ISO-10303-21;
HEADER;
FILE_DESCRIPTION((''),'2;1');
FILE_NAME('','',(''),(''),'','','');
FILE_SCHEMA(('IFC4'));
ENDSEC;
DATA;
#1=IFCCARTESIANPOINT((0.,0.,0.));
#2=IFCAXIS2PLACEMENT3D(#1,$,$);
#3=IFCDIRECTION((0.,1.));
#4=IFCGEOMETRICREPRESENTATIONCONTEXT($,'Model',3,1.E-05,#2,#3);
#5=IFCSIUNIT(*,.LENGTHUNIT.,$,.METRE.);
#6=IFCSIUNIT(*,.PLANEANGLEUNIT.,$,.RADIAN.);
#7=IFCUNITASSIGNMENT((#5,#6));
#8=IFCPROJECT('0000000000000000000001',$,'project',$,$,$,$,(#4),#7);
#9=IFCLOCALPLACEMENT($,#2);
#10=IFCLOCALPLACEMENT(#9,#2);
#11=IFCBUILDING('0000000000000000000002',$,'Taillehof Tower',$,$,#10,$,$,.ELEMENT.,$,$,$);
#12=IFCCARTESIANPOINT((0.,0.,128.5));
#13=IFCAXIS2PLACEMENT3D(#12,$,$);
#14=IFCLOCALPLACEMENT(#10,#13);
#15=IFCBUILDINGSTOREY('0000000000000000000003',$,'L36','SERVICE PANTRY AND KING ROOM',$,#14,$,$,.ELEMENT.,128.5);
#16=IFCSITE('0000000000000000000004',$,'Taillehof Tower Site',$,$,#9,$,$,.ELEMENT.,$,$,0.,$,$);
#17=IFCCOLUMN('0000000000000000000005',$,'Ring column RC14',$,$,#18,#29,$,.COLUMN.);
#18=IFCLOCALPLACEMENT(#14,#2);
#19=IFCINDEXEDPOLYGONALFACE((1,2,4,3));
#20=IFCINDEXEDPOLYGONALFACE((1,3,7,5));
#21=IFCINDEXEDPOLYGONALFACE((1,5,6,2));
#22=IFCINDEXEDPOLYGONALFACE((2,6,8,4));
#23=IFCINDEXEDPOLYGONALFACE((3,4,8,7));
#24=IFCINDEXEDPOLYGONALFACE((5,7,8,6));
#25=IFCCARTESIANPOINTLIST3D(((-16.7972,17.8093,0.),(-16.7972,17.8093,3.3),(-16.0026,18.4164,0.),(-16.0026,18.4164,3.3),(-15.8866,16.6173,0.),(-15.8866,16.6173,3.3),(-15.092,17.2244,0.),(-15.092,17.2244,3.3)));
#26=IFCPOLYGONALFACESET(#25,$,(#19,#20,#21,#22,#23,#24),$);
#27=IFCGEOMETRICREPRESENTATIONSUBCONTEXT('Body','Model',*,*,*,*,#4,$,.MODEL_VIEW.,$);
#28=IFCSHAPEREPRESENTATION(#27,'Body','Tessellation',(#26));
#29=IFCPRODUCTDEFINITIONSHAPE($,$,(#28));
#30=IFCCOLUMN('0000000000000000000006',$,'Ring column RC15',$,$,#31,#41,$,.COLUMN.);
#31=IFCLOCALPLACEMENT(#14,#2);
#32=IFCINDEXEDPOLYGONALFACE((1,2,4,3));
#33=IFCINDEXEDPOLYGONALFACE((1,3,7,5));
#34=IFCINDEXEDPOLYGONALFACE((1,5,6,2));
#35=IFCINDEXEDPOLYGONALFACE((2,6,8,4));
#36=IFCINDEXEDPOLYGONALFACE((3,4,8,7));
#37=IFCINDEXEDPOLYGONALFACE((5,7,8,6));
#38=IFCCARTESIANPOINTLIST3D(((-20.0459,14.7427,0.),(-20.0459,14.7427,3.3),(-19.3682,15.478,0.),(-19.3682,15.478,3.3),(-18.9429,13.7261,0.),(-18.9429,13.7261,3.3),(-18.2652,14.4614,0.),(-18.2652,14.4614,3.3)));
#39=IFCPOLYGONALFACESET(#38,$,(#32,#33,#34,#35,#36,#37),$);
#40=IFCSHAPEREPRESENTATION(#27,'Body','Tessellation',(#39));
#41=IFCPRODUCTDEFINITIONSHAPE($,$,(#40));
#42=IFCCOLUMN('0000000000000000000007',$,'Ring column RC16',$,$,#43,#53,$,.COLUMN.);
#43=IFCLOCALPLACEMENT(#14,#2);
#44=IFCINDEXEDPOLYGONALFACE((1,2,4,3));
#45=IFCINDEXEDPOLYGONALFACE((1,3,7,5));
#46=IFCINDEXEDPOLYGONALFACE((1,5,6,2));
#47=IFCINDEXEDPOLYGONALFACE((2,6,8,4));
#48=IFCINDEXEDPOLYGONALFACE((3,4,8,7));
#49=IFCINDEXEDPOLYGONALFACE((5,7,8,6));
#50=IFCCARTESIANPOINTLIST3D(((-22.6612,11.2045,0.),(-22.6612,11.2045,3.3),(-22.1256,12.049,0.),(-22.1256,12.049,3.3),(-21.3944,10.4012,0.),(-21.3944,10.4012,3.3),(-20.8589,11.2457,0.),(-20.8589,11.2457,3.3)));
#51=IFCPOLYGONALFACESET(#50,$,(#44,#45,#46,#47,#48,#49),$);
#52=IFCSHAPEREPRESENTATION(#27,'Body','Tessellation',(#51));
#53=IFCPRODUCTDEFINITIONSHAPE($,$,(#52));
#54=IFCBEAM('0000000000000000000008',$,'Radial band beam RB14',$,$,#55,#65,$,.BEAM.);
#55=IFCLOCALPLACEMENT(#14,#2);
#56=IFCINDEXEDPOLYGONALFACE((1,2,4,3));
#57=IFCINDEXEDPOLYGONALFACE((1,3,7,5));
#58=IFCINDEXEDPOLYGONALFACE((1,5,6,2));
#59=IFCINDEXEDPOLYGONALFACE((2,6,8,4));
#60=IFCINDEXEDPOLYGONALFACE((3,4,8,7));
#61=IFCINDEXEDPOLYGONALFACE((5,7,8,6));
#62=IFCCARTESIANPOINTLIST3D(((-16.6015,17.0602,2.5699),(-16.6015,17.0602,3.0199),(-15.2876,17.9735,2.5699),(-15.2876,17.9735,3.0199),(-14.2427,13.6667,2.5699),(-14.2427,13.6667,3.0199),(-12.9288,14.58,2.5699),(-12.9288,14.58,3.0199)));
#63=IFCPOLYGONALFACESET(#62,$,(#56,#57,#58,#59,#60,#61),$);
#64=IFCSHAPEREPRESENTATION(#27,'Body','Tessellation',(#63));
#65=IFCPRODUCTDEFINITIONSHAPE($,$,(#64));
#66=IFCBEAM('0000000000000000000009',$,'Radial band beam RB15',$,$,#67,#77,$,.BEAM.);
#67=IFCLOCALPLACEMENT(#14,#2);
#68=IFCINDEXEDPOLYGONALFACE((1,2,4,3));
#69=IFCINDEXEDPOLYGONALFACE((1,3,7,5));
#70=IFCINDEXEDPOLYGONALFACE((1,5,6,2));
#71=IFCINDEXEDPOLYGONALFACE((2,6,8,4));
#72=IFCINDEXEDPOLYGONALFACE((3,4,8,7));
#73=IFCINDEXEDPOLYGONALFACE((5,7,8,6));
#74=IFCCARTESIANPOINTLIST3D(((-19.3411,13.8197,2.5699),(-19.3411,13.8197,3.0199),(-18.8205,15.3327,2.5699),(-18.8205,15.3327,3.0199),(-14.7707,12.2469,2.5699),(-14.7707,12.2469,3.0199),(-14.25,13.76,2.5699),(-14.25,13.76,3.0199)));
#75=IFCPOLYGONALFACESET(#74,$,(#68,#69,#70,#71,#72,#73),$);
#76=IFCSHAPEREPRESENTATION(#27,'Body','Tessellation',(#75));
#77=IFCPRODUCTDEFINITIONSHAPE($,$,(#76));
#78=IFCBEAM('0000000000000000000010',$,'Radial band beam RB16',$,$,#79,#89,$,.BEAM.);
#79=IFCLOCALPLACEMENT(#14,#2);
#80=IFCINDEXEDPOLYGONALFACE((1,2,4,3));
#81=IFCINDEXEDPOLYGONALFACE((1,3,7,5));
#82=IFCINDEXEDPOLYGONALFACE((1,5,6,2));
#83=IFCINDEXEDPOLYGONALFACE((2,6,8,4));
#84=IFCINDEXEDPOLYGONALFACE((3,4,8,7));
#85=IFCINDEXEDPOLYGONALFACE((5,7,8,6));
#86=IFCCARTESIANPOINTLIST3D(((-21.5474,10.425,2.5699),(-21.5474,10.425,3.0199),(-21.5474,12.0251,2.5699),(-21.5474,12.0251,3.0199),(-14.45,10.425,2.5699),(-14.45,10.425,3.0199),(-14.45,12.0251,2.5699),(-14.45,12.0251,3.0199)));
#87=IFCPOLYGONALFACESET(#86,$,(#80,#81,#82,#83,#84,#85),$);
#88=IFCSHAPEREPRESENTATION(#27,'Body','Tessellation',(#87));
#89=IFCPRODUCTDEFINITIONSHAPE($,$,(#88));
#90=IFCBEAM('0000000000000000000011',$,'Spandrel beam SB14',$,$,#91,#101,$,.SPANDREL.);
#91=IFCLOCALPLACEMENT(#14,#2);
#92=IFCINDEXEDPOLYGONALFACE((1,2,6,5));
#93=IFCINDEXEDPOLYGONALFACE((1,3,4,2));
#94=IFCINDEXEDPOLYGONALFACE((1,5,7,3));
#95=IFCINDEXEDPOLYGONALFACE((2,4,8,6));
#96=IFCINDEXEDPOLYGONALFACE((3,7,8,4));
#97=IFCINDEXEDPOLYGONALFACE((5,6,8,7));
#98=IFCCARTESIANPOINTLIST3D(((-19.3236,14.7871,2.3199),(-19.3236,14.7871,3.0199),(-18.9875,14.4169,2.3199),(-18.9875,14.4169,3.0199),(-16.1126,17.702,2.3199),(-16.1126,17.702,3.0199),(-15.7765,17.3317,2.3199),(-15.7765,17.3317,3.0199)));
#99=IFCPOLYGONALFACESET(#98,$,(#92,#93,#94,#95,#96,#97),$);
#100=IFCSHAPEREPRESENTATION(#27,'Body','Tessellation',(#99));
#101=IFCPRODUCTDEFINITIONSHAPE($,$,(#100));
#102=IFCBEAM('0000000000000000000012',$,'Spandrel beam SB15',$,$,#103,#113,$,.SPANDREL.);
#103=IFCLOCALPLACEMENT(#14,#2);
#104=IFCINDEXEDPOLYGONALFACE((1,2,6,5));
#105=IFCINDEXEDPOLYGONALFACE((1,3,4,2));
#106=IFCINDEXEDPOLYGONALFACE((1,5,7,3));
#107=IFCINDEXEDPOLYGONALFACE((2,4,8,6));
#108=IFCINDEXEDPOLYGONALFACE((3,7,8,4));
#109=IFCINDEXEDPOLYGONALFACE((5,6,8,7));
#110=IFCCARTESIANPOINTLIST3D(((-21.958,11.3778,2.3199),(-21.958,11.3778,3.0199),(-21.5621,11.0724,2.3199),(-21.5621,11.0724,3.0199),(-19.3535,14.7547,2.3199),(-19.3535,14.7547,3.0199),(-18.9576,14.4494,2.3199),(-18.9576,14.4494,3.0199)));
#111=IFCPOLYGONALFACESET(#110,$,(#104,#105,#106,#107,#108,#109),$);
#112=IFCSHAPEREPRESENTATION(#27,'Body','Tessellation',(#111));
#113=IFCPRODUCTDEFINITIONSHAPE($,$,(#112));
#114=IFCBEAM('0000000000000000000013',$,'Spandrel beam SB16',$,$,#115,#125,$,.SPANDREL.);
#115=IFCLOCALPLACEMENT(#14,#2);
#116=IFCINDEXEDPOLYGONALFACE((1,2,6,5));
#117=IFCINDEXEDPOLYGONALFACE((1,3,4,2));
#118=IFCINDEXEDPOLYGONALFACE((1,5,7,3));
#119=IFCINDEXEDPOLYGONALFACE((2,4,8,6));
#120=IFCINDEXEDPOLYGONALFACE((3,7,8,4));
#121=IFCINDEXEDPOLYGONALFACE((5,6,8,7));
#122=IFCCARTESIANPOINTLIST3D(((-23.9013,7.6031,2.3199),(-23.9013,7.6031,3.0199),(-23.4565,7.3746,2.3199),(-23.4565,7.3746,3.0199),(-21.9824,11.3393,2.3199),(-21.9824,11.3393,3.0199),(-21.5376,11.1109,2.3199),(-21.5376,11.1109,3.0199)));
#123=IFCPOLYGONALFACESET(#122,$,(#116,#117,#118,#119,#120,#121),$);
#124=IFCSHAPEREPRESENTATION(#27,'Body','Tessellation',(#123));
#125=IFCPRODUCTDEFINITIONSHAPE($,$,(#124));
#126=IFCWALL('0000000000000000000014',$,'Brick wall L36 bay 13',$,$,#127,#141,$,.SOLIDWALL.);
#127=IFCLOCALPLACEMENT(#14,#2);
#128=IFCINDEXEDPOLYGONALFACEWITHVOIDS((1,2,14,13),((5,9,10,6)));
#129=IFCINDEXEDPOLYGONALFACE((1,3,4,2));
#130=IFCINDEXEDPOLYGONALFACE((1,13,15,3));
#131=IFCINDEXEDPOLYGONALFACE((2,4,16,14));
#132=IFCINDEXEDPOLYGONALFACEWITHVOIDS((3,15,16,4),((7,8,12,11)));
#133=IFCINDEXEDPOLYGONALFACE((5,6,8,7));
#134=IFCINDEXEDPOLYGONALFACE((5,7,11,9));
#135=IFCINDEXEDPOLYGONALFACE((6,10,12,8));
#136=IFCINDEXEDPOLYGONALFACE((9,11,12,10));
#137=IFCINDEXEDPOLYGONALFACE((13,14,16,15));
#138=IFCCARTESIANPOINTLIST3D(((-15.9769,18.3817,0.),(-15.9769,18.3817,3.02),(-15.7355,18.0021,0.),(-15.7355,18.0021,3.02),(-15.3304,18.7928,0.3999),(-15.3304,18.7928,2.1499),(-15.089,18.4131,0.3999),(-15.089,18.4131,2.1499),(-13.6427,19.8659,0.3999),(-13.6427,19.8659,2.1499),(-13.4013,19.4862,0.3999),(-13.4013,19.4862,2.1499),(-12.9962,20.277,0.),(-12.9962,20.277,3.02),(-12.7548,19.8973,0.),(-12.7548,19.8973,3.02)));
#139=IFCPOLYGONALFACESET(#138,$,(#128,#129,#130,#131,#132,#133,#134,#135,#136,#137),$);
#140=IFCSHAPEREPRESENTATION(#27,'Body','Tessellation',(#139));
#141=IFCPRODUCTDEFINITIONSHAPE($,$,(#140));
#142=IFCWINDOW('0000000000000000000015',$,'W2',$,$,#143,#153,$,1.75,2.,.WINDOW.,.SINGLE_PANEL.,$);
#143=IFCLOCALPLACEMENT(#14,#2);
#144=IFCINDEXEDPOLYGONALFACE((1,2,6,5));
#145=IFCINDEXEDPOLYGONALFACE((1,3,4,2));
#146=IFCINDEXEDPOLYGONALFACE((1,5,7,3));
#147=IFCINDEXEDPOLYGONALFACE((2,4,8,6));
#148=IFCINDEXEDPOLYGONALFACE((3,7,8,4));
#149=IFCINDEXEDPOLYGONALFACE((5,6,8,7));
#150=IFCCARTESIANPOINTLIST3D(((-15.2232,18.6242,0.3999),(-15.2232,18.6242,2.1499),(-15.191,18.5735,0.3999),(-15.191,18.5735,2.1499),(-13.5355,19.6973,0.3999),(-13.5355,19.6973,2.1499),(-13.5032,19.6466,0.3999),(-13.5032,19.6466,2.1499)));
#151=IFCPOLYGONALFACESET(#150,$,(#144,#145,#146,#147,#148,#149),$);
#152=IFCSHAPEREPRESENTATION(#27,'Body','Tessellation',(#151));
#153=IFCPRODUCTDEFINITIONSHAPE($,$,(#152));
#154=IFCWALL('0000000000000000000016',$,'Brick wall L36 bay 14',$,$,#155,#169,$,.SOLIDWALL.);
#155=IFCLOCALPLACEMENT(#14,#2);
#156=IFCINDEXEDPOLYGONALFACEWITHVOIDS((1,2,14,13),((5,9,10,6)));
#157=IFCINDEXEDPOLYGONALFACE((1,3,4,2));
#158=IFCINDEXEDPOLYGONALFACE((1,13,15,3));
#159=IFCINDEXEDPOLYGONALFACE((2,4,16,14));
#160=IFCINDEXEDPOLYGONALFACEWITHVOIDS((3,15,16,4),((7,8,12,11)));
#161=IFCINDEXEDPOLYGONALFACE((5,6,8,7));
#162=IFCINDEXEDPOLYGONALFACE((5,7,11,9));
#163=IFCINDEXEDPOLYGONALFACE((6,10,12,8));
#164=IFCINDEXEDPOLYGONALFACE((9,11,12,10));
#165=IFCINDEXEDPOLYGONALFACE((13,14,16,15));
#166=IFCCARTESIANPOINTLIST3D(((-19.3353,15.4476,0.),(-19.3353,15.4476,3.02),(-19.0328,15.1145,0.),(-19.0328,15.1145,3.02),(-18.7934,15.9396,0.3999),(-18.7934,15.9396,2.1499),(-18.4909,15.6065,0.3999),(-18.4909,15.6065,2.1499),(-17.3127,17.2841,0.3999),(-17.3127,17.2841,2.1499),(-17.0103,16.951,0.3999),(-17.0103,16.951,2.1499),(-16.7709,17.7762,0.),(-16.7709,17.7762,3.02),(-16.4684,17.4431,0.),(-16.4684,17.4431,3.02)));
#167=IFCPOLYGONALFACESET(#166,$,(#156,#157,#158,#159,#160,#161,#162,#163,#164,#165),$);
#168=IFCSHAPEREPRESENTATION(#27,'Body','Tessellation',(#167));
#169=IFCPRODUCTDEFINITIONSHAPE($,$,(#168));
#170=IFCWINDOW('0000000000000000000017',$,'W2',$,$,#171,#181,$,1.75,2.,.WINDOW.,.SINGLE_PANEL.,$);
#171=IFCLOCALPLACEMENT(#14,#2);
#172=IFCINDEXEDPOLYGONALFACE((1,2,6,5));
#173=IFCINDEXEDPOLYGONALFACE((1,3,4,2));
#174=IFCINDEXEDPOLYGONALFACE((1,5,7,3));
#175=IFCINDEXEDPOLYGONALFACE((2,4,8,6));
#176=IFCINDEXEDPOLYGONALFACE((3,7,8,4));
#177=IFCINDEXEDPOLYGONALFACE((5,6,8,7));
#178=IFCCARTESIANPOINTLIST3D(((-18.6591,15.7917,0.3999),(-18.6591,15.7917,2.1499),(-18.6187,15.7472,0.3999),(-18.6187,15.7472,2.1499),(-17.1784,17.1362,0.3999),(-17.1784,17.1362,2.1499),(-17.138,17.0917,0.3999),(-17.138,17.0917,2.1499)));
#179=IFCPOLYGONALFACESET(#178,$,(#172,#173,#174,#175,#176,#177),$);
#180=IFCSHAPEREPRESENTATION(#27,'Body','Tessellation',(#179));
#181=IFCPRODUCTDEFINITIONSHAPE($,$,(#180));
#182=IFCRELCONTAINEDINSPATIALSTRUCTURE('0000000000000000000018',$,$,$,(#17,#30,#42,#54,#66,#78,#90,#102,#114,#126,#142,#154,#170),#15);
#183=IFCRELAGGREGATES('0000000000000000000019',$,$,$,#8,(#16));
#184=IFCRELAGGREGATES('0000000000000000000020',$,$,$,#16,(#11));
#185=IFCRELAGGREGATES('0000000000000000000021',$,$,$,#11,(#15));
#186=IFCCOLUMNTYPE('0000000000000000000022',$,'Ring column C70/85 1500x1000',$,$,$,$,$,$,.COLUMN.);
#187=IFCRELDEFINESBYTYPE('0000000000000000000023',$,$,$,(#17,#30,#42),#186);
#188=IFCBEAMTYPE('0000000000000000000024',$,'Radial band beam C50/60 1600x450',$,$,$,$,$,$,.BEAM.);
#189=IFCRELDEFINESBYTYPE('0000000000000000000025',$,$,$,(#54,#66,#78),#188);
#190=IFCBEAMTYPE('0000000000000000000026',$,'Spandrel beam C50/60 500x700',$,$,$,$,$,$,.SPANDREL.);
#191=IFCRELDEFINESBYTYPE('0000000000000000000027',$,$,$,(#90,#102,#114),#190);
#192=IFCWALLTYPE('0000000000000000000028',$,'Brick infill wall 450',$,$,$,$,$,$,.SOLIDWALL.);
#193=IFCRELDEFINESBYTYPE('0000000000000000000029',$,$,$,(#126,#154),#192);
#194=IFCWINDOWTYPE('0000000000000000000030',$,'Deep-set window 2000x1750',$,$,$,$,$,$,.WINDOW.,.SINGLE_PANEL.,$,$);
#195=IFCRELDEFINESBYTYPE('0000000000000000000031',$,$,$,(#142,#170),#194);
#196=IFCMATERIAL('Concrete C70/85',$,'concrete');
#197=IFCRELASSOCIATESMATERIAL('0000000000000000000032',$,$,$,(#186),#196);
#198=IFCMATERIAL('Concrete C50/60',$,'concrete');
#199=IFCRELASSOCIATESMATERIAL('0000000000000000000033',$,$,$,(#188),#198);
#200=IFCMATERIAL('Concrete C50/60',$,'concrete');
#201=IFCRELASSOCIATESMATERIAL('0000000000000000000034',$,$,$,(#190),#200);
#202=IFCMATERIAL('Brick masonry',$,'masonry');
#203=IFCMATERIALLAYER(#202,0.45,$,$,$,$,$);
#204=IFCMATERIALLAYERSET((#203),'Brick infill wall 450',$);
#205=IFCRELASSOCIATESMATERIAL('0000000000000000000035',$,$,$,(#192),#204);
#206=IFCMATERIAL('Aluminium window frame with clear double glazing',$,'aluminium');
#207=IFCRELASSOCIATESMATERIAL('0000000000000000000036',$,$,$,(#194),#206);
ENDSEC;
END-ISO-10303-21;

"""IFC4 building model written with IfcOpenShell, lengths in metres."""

from ifc_helpers import new_model, si_unit, direction, frame, frame_2d, origin, origin_2d, place, context, subcontext, project, spatial, rectangle, extrude, material, layer, layer_set, material_profile, profile_set, type_object, element, fill, save


model = new_model("IFC4")

# Units and contexts
model_context = context("Model", 3, precision=1e-05, world=origin(), true_north=direction((0.0, 1.0)))
body_context = subcontext(model_context, "Body", "Model", "MODEL_VIEW")
ifc_project = project(units=[si_unit("LENGTHUNIT", "METRE"), si_unit("PLANEANGLEUNIT", "RADIAN")], contexts=[model_context])

# Site, building, storey
site_placement = place(None, origin())
site = spatial("IfcSite", under=ifc_project, at=site_placement, Name="Taillehof Tower Site", CompositionType="ELEMENT", RefElevation=0.0)
building_placement = place(site_placement, origin())
building = spatial("IfcBuilding", under=site, at=building_placement, Name="Taillehof Tower", CompositionType="ELEMENT")
storey_placement = place(building_placement, frame((0.0, 0.0, 128.5)))
storey = spatial("IfcBuildingStorey", under=building, at=storey_placement, Name="L36", Description="SERVICE PANTRY AND KING ROOM", CompositionType="ELEMENT", Elevation=128.5)

# Columns
ifc_material_1 = material(Name="Concrete C70/85", Category="concrete")
ifc_material_profile_1 = material_profile(ifc_material_1, rectangle(XDim=1.5, YDim=1.0, at=origin_2d()), Name="RC 1500x1000")
ifc_profile_set_1 = profile_set([ifc_material_profile_1], Name="Concrete C70/85")
column_type = type_object("IfcColumnType", Name="Ring column C70/85 1500x1000", PredefinedType="COLUMN", material=ifc_profile_set_1)
for number, where, z_axis, x_axis, name in (
    (1, (-15.9446, 17.5168, 0.0), (0.0, 0.0, 1.0), (-0.607074, 0.794645, 0.0), "Ring column RC14"),
    (2, (-19.1555, 14.6021, 0.0), (0.0, 0.0, 1.0), (-0.735332, 0.677707, 0.0), "Ring column RC15"),
    (3, (-21.76, 11.2251, 0.0), (0.0, 0.0, 1.0), (-0.844511, 0.535537, 0.0), "Ring column RC16"),
):
    element("IfcColumn", number, at=place(storey_placement, frame(where, z_axis=z_axis, x_axis=x_axis)), inside=storey, type_object=column_type, Name=name, PredefinedType="COLUMN", context=body_context, shape_type="SweptSolid", body=[
        extrude(rectangle(XDim=1.5, YDim=1.0, at=origin_2d()), origin(), (0.0, 0.0, 1.0), 3.3),
    ])

# Beams
ifc_material_2 = material(Name="Concrete C50/60", Category="concrete")
ifc_material_profile_2 = material_profile(ifc_material_2, rectangle(XDim=1.6001, YDim=0.45, at=origin_2d()), Name="RC 1600x450")
ifc_profile_set_2 = profile_set([ifc_material_profile_2], Name="Concrete C50/60")
beam_type_1 = type_object("IfcBeamType", Name="Radial band beam C50/60 1600x450", PredefinedType="BEAM", material=ifc_profile_set_2)
beam_1_placement = place(storey_placement, frame((-15.9446, 17.5168, 2.7949), z_axis=(0.570763, -0.821115, 0.0), x_axis=(0.821115, 0.570763, 0.0)))
element("IfcBeam", 4, at=beam_1_placement, inside=storey, type_object=beam_type_1, Name="Radial band beam RB14", PredefinedType="BEAM", context=body_context, shape_type="SweptSolid", body=[
    extrude(rectangle(XDim=1.6001, YDim=0.45, at=origin_2d()), origin(), (0.0, 0.0, 1.0), 4.1328),
])
beam_2_placement = place(storey_placement, frame((-19.0808, 14.5762, 2.7949), z_axis=(0.945583, -0.32538, 0.0), x_axis=(0.32538, 0.945583, 0.0)))
element("IfcBeam", 5, at=beam_2_placement, inside=storey, type_object=beam_type_1, Name="Radial band beam RB15", PredefinedType="BEAM", context=body_context, shape_type="SweptSolid", body=[
    extrude(rectangle(XDim=1.6001, YDim=0.45, at=origin_2d()), origin(), (0.0, 0.0, 1.0), 4.8335),
])
beam_3_placement = place(storey_placement, frame((-21.5474, 11.2251, 2.7949), z_axis=(1.0, 0.0, 0.0), x_axis=(0.0, 1.0, 0.0)))
element("IfcBeam", 6, at=beam_3_placement, inside=storey, type_object=beam_type_1, Name="Radial band beam RB16", PredefinedType="BEAM", context=body_context, shape_type="SweptSolid", body=[
    extrude(rectangle(XDim=1.6001, YDim=0.45, at=origin_2d()), origin(), (0.0, 0.0, 1.0), 7.0974),
])
ifc_material_3 = material(Name="Concrete C50/60", Category="concrete")
ifc_material_profile_3 = material_profile(ifc_material_3, rectangle(XDim=0.5, YDim=0.7, at=origin_2d()), Name="RC 500x700")
ifc_profile_set_3 = profile_set([ifc_material_profile_3], Name="Concrete C50/60")
beam_type_2 = type_object("IfcBeamType", Name="Spandrel beam C50/60 500x700", PredefinedType="SPANDREL", material=ifc_profile_set_3)
beam_4_placement = place(storey_placement, frame((-15.9446, 17.5168, 2.6699), z_axis=(-0.740426, -0.672137, 0.0), x_axis=(0.672137, -0.740426, 0.0)))
element("IfcBeam", 7, at=beam_4_placement, inside=storey, type_object=beam_type_2, Name="Spandrel beam SB14", PredefinedType="SPANDREL", context=body_context, shape_type="SweptSolid", body=[
    extrude(rectangle(XDim=0.5, YDim=0.7, at=origin_2d()), origin(), (0.0, 0.0, 1.0), 4.3367),
])
beam_5_placement = place(storey_placement, frame((-19.1555, 14.6021, 2.6699), z_axis=(-0.610717, -0.791849, 0.0), x_axis=(0.791849, -0.610717, 0.0)))
element("IfcBeam", 8, at=beam_5_placement, inside=storey, type_object=beam_type_2, Name="Spandrel beam SB15", PredefinedType="SPANDREL", context=body_context, shape_type="SweptSolid", body=[
    extrude(rectangle(XDim=0.5, YDim=0.7, at=origin_2d()), origin(), (0.0, 0.0, 1.0), 4.2646),
])
beam_6_placement = place(storey_placement, frame((-21.76, 11.2251, 2.6699), z_axis=(-0.456859, -0.889539, 0.0), x_axis=(0.889539, -0.456859, 0.0)))
element("IfcBeam", 9, at=beam_6_placement, inside=storey, type_object=beam_type_2, Name="Spandrel beam SB16", PredefinedType="SPANDREL", context=body_context, shape_type="SweptSolid", body=[
    extrude(rectangle(XDim=0.5, YDim=0.7, at=origin_2d()), origin(), (0.0, 0.0, 1.0), 4.2002),
])

# Walls, openings, windows
ifc_material_4 = material(Name="Brick masonry", Category="masonry")
ifc_layer_1 = layer(ifc_material_4, 0.45)
ifc_layer_set_1 = layer_set([ifc_layer_1], Name="Brick infill wall 450")
wall_type_1 = type_object("IfcWallType", Name="Brick infill wall 450", PredefinedType="SOLIDWALL", material=ifc_layer_set_1)
wall_1_placement = place(storey_placement, frame((-12.8755, 20.0872, 0.0), z_axis=(0.0, 0.0, 1.0), x_axis=(-0.843861, -0.536562, 0.0)))
wall_1 = element("IfcWall", 10, at=wall_1_placement, inside=storey, type_object=wall_type_1, Name="Brick wall L36 bay 13", PredefinedType="SOLIDWALL", context=body_context, shape_type="SweptSolid", body=[
    extrude(rectangle(XDim=3.5322, YDim=0.45, at=frame_2d((1.7661, 0.0))), origin(), (0.0, 0.0, 1.0), 3.02),
])
opening_1_placement = place(wall_1_placement, frame((0.7661, 0.0, 0.3999)))
opening_1 = element("IfcOpeningElement", 11, at=opening_1_placement, cuts=wall_1, PredefinedType="OPENING", context=body_context, shape_type="SweptSolid", body=[
    extrude(rectangle(XDim=2.0, YDim=1.75, at=frame_2d((1.0, 0.875))), frame((0.0, 0.2349, 0.0), z_axis=(0.0, -1.0, 0.0), x_axis=(1.0, 0.0, 0.0)), (0.0, 0.0, 1.0), 0.47),
])
ifc_material_5 = material(Name="Aluminium window frame with clear double glazing", Category="aluminium")
window_type = type_object("IfcWindowType", Name="Deep-set window 2000x1750", PartitioningType="SINGLE_PANEL", PredefinedType="WINDOW", material=ifc_material_5)
window_1_placement = place(opening_1_placement, origin())
window_1 = element("IfcWindow", 12, at=window_1_placement, inside=storey, type_object=window_type, Name="W2", OverallHeight=1.75, OverallWidth=2.0, PartitioningType="SINGLE_PANEL", PredefinedType="WINDOW", context=body_context, shape_type="SweptSolid", body=[
    extrude(rectangle(XDim=2.0, YDim=1.75, at=frame_2d((1.0, 0.875))), frame((0.0, 0.0349, 0.0), z_axis=(0.0, -1.0, 0.0), x_axis=(1.0, 0.0, 0.0)), (0.0, 0.0, 1.0), 0.0601),
])
fill(opening_1, window_1)
wall_2_placement = place(storey_placement, frame((-16.6196, 17.6096, 0.0), z_axis=(0.0, 0.0, 1.0), x_axis=(-0.740329, -0.672245, 0.0)))
wall_2 = element("IfcWall", 13, at=wall_2_placement, inside=storey, type_object=wall_type_1, Name="Brick wall L36 bay 14", PredefinedType="SOLIDWALL", context=body_context, shape_type="SweptSolid", body=[
    extrude(rectangle(XDim=3.4639, YDim=0.45, at=frame_2d((1.7319, 0.0))), origin(), (0.0, 0.0, 1.0), 3.02),
])
opening_2_placement = place(wall_2_placement, frame((0.7319, 0.0, 0.3999)))
opening_2 = element("IfcOpeningElement", 14, at=opening_2_placement, cuts=wall_2, PredefinedType="OPENING", context=body_context, shape_type="SweptSolid", body=[
    extrude(rectangle(XDim=2.0, YDim=1.75, at=frame_2d((1.0, 0.875))), frame((0.0, 0.2349, 0.0), z_axis=(0.0, -1.0, 0.0), x_axis=(1.0, 0.0, 0.0)), (0.0, 0.0, 1.0), 0.47),
])
window_2_placement = place(opening_2_placement, origin())
window_2 = element("IfcWindow", 15, at=window_2_placement, inside=storey, type_object=window_type, Name="W2", OverallHeight=1.75, OverallWidth=2.0, PartitioningType="SINGLE_PANEL", PredefinedType="WINDOW", context=body_context, shape_type="SweptSolid", body=[
    extrude(rectangle(XDim=2.0, YDim=1.75, at=frame_2d((1.0, 0.875))), frame((0.0, 0.0349, 0.0), z_axis=(0.0, -1.0, 0.0), x_axis=(1.0, 0.0, 0.0)), (0.0, 0.0, 1.0), 0.0601),
])
fill(opening_2, window_2)

save(model, "model.ifc")
